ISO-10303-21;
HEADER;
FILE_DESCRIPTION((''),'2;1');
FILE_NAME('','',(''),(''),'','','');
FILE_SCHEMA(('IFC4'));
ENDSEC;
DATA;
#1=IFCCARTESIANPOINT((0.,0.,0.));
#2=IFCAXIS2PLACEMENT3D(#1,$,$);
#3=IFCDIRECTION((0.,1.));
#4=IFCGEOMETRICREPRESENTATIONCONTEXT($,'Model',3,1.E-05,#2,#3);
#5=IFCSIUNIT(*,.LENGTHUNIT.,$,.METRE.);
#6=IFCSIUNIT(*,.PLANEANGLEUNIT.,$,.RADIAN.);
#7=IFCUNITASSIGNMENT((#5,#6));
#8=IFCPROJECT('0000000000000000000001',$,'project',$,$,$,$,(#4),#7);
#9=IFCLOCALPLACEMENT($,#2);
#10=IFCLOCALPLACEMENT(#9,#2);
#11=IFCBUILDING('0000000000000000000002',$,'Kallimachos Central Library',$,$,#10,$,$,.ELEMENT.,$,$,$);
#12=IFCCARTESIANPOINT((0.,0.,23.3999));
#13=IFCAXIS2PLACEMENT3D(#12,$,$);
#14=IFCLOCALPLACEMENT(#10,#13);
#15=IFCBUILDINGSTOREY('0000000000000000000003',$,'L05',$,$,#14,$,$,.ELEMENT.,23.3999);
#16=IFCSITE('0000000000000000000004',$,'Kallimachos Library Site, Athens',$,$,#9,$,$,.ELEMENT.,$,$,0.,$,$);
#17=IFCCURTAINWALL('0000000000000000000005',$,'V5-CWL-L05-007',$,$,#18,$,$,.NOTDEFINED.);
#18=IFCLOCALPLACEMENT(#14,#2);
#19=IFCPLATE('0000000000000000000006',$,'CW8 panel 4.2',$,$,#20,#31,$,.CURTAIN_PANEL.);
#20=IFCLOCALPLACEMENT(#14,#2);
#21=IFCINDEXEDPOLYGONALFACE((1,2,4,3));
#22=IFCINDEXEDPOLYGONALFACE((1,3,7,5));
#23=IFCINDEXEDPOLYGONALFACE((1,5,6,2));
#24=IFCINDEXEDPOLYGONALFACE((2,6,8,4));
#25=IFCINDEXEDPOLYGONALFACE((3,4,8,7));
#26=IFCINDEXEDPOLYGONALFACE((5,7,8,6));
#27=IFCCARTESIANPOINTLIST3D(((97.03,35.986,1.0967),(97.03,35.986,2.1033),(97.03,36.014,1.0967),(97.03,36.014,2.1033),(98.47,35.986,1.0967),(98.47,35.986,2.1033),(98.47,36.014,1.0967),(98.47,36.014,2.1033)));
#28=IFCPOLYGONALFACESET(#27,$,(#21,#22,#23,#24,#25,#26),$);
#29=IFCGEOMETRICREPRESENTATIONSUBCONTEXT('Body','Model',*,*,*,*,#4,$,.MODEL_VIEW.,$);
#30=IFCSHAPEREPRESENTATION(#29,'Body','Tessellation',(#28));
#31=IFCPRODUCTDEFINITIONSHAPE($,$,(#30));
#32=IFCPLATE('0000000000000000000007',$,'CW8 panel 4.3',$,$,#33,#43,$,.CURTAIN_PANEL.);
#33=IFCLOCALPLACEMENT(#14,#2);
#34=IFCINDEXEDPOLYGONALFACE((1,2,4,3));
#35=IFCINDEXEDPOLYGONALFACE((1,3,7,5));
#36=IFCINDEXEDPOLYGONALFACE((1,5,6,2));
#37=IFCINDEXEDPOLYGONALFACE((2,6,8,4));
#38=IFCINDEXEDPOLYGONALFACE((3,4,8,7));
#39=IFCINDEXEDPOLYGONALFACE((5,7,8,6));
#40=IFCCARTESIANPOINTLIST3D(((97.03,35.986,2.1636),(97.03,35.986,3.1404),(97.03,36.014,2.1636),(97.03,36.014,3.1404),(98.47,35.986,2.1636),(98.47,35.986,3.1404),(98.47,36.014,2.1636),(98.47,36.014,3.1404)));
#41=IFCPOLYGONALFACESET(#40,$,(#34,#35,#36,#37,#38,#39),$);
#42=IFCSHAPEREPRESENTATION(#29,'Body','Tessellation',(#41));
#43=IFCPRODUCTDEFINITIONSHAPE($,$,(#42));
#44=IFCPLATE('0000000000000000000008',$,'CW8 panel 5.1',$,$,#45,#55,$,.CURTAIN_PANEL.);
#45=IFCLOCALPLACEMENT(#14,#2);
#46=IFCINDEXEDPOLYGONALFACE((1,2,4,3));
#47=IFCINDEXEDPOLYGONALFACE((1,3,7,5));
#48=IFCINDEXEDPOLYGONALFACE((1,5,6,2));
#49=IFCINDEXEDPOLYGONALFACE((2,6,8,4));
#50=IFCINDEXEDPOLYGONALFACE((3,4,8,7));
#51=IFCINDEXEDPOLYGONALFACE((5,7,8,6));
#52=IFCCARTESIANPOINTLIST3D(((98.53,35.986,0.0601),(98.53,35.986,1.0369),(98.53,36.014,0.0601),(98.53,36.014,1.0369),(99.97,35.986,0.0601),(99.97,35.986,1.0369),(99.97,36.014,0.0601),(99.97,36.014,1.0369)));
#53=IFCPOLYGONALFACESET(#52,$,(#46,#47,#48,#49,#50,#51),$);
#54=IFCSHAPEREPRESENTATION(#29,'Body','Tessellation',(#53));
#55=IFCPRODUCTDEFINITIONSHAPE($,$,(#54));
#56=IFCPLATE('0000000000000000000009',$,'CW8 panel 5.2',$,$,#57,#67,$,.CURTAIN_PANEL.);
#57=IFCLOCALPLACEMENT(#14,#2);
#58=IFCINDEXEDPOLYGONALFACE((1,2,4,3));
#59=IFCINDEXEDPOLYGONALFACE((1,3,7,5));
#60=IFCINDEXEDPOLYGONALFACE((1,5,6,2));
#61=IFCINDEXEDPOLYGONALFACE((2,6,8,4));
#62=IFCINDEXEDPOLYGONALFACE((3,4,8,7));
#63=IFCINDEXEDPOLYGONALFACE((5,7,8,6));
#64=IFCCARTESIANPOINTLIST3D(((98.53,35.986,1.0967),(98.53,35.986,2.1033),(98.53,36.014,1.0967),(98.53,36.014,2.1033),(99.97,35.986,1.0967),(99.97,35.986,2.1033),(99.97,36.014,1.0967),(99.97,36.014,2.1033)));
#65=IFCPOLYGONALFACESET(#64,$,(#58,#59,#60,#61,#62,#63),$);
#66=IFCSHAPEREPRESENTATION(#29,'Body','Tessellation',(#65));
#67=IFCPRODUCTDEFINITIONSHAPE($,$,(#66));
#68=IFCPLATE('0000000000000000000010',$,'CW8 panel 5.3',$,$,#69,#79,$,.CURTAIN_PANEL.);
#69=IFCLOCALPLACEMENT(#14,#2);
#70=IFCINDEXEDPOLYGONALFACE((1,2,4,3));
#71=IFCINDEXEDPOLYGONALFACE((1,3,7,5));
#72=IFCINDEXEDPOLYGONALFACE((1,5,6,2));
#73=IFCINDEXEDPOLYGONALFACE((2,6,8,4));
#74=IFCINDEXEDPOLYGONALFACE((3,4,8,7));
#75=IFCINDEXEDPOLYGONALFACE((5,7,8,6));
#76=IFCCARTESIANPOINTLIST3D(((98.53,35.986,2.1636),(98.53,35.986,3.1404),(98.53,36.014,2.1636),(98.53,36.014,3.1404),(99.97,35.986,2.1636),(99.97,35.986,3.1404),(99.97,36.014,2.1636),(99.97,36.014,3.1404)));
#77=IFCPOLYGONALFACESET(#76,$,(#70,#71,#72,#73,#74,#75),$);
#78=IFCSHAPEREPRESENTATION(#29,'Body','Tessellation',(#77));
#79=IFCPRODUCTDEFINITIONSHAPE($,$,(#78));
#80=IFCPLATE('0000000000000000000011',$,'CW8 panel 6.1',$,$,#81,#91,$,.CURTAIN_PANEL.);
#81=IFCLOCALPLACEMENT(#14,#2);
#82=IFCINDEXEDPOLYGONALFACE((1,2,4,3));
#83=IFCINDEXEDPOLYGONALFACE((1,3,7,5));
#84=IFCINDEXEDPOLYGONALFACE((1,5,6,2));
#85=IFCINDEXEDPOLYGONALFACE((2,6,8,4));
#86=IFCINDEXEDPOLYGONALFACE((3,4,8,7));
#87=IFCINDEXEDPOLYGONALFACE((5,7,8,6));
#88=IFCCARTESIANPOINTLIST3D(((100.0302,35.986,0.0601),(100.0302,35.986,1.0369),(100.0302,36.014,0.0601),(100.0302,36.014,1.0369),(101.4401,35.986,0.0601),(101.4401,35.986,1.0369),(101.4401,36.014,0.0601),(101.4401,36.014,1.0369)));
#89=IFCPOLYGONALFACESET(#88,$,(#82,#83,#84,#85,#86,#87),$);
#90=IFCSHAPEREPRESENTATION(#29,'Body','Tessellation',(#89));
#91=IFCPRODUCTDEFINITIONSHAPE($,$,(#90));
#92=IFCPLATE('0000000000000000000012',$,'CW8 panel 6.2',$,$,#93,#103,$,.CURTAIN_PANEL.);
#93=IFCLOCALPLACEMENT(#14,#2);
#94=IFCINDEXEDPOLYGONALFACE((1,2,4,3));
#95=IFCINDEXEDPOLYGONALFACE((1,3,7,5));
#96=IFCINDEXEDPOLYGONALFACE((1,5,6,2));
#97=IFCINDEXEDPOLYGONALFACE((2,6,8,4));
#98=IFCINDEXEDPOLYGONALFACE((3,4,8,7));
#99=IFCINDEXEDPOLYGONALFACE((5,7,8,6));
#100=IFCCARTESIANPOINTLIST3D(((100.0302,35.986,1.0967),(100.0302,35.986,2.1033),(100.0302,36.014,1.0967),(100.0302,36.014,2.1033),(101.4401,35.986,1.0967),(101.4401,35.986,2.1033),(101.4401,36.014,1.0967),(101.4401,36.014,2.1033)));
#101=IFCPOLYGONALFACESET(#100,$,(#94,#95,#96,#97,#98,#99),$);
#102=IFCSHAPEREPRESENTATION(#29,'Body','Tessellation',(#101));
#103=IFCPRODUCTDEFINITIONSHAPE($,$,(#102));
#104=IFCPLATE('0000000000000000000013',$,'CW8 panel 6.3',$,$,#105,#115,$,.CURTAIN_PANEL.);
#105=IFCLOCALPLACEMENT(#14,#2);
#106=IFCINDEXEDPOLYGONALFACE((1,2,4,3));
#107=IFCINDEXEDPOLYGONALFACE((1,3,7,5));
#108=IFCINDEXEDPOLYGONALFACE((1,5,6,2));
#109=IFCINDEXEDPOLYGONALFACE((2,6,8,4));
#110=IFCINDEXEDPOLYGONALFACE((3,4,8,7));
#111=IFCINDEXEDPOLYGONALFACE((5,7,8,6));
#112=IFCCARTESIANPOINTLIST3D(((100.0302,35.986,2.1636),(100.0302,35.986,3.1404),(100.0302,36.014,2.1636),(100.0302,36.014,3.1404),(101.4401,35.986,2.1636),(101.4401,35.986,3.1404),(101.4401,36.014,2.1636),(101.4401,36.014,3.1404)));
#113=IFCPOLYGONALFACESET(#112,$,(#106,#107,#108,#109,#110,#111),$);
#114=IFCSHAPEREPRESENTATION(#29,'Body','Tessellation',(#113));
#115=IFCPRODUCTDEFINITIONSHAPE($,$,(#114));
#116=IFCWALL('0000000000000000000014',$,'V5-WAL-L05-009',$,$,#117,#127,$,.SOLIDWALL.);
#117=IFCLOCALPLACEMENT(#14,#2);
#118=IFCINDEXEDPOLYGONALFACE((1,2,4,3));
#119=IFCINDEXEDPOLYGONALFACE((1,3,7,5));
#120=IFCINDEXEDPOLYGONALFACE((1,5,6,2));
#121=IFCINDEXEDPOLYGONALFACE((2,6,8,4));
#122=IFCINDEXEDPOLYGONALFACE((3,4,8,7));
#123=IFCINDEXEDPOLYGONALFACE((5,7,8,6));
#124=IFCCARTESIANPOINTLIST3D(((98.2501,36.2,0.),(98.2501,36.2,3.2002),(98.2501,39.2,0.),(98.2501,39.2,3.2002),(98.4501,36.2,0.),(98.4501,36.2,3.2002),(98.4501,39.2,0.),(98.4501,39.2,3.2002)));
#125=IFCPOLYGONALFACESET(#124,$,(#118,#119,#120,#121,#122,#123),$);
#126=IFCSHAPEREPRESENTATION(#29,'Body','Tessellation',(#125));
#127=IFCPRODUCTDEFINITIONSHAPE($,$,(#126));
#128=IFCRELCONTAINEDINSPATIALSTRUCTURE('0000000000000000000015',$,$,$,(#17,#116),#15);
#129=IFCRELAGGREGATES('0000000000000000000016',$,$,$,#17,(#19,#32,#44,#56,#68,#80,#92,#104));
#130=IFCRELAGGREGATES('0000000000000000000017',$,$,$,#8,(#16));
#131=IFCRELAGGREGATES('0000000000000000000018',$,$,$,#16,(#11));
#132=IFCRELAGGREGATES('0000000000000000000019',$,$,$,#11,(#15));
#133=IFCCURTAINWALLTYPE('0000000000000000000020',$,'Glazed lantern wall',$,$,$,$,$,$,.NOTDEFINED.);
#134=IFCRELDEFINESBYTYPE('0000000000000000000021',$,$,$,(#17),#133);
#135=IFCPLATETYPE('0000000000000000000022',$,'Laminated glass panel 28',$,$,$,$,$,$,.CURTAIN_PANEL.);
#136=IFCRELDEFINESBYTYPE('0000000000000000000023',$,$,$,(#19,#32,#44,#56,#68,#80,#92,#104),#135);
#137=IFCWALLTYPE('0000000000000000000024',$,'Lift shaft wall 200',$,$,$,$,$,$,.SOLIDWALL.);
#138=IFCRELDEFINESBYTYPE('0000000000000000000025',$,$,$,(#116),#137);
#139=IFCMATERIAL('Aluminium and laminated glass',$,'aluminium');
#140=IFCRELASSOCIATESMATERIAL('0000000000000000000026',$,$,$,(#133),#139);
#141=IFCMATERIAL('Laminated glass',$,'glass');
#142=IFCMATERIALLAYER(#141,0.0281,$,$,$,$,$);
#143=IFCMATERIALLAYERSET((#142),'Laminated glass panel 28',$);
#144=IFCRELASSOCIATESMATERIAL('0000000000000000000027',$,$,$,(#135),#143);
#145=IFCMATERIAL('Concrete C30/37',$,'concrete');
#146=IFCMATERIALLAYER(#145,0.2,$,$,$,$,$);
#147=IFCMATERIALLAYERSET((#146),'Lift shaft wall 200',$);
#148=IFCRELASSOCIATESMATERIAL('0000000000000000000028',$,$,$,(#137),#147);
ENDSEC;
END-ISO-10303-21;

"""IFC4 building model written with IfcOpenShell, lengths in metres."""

from ifc_helpers import new_model, si_unit, direction, frame, frame_2d, origin, origin_2d, place, context, subcontext, project, spatial, rectangle, extrude, material, layer, layer_set, type_object, element, aggregate, save


model = new_model("IFC4")

# Units and contexts
model_context = context("Model", 3, precision=1e-05, world=origin(), true_north=direction((0.0, 1.0)))
body_context = subcontext(model_context, "Body", "Model", "MODEL_VIEW")
ifc_project = project(units=[si_unit("LENGTHUNIT", "METRE"), si_unit("PLANEANGLEUNIT", "RADIAN")], contexts=[model_context])

# Site, building, storey
site_placement = place(None, origin())
site = spatial("IfcSite", under=ifc_project, at=site_placement, Name="Kallimachos Library Site, Athens", CompositionType="ELEMENT", RefElevation=0.0)
building_placement = place(site_placement, origin())
building = spatial("IfcBuilding", under=site, at=building_placement, Name="Kallimachos Central Library", CompositionType="ELEMENT")
storey_placement = place(building_placement, frame((0.0, 0.0, 23.3999)))
storey = spatial("IfcBuildingStorey", under=building, at=storey_placement, Name="L05", CompositionType="ELEMENT", Elevation=23.3999)

# Curtain wall
ifc_material_1 = material(Name="Aluminium and laminated glass", Category="aluminium")
curtain_wall_type = type_object("IfcCurtainWallType", Name="Glazed lantern wall", PredefinedType="NOTDEFINED", material=ifc_material_1)
curtain_wall_1_placement = place(storey_placement, origin())
curtain_wall_1 = element("IfcCurtainWall", 1, at=curtain_wall_1_placement, inside=storey, type_object=curtain_wall_type, Name="V5-CWL-L05-007", PredefinedType="NOTDEFINED")

# Plates
ifc_material_2 = material(Name="Laminated glass", Category="glass")
ifc_layer_1 = layer(ifc_material_2, 0.0281)
ifc_layer_set_1 = layer_set([ifc_layer_1], Name="Laminated glass panel 28")
plate_type = type_object("IfcPlateType", Name="Laminated glass panel 28", PredefinedType="CURTAIN_PANEL", material=ifc_layer_set_1)
plate_1_placement = place(storey_placement, frame((97.75, 36.0, 1.0967), z_axis=(0.0, 0.0, 1.0), x_axis=(1.0, 0.0, 0.0)))
plate_1 = element("IfcPlate", 2, at=plate_1_placement, type_object=plate_type, Name="CW8 panel 4.2", PredefinedType="CURTAIN_PANEL", context=body_context, shape_type="SweptSolid", body=[
    extrude(rectangle(XDim=1.4399, YDim=0.0281, at=origin_2d()), origin(), (0.0, 0.0, 1.0), 1.0066),
])
plate_2_placement = place(storey_placement, frame((97.75, 36.0, 2.1636), z_axis=(0.0, 0.0, 1.0), x_axis=(1.0, 0.0, 0.0)))
plate_2 = element("IfcPlate", 3, at=plate_2_placement, type_object=plate_type, Name="CW8 panel 4.3", PredefinedType="CURTAIN_PANEL", context=body_context, shape_type="SweptSolid", body=[
    extrude(rectangle(XDim=1.4399, YDim=0.0281, at=origin_2d()), origin(), (0.0, 0.0, 1.0), 0.9768),
])
plate_3_placement = place(storey_placement, frame((99.25, 36.0, 0.0601), z_axis=(0.0, 0.0, 1.0), x_axis=(1.0, 0.0, 0.0)))
plate_3 = element("IfcPlate", 4, at=plate_3_placement, type_object=plate_type, Name="CW8 panel 5.1", PredefinedType="CURTAIN_PANEL", context=body_context, shape_type="SweptSolid", body=[
    extrude(rectangle(XDim=1.4399, YDim=0.0281, at=origin_2d()), origin(), (0.0, 0.0, 1.0), 0.9768),
])
plate_4_placement = place(storey_placement, frame((99.25, 36.0, 1.0967), z_axis=(0.0, 0.0, 1.0), x_axis=(1.0, 0.0, 0.0)))
plate_4 = element("IfcPlate", 5, at=plate_4_placement, type_object=plate_type, Name="CW8 panel 5.2", PredefinedType="CURTAIN_PANEL", context=body_context, shape_type="SweptSolid", body=[
    extrude(rectangle(XDim=1.4399, YDim=0.0281, at=origin_2d()), origin(), (0.0, 0.0, 1.0), 1.0066),
])
plate_5_placement = place(storey_placement, frame((99.25, 36.0, 2.1636), z_axis=(0.0, 0.0, 1.0), x_axis=(1.0, 0.0, 0.0)))
plate_5 = element("IfcPlate", 6, at=plate_5_placement, type_object=plate_type, Name="CW8 panel 5.3", PredefinedType="CURTAIN_PANEL", context=body_context, shape_type="SweptSolid", body=[
    extrude(rectangle(XDim=1.4399, YDim=0.0281, at=origin_2d()), origin(), (0.0, 0.0, 1.0), 0.9768),
])
plate_6_placement = place(storey_placement, frame((100.7351, 36.0, 0.0601), z_axis=(0.0, 0.0, 1.0), x_axis=(1.0, 0.0, 0.0)))
plate_6 = element("IfcPlate", 7, at=plate_6_placement, type_object=plate_type, Name="CW8 panel 6.1", PredefinedType="CURTAIN_PANEL", context=body_context, shape_type="SweptSolid", body=[
    extrude(rectangle(XDim=1.4099, YDim=0.0281, at=origin_2d()), origin(), (0.0, 0.0, 1.0), 0.9768),
])
plate_7_placement = place(storey_placement, frame((100.7351, 36.0, 1.0967), z_axis=(0.0, 0.0, 1.0), x_axis=(1.0, 0.0, 0.0)))
plate_7 = element("IfcPlate", 8, at=plate_7_placement, type_object=plate_type, Name="CW8 panel 6.2", PredefinedType="CURTAIN_PANEL", context=body_context, shape_type="SweptSolid", body=[
    extrude(rectangle(XDim=1.4099, YDim=0.0281, at=origin_2d()), origin(), (0.0, 0.0, 1.0), 1.0066),
])
plate_8_placement = place(storey_placement, frame((100.7351, 36.0, 2.1636), z_axis=(0.0, 0.0, 1.0), x_axis=(1.0, 0.0, 0.0)))
plate_8 = element("IfcPlate", 9, at=plate_8_placement, type_object=plate_type, Name="CW8 panel 6.3", PredefinedType="CURTAIN_PANEL", context=body_context, shape_type="SweptSolid", body=[
    extrude(rectangle(XDim=1.4099, YDim=0.0281, at=origin_2d()), origin(), (0.0, 0.0, 1.0), 0.9768),
])
aggregate(curtain_wall_1, [plate_1, plate_2, plate_3, plate_4, plate_5, plate_6, plate_7, plate_8])

# Wall
ifc_material_3 = material(Name="Concrete C30/37", Category="concrete")
ifc_layer_2 = layer(ifc_material_3, 0.2)
ifc_layer_set_2 = layer_set([ifc_layer_2], Name="Lift shaft wall 200")
wall_type = type_object("IfcWallType", Name="Lift shaft wall 200", PredefinedType="SOLIDWALL", material=ifc_layer_set_2)
wall_placement = place(storey_placement, frame((98.3501, 36.2, 0.0), z_axis=(0.0, 0.0, 1.0), x_axis=(0.0, 1.0, 0.0)))
element("IfcWall", 10, at=wall_placement, inside=storey, type_object=wall_type, Name="V5-WAL-L05-009", PredefinedType="SOLIDWALL", context=body_context, shape_type="SweptSolid", body=[
    extrude(rectangle(XDim=3.0, YDim=0.2, at=frame_2d((1.5, 0.0))), origin(), (0.0, 0.0, 1.0), 3.2002),
])

save(model, "model.ifc")
